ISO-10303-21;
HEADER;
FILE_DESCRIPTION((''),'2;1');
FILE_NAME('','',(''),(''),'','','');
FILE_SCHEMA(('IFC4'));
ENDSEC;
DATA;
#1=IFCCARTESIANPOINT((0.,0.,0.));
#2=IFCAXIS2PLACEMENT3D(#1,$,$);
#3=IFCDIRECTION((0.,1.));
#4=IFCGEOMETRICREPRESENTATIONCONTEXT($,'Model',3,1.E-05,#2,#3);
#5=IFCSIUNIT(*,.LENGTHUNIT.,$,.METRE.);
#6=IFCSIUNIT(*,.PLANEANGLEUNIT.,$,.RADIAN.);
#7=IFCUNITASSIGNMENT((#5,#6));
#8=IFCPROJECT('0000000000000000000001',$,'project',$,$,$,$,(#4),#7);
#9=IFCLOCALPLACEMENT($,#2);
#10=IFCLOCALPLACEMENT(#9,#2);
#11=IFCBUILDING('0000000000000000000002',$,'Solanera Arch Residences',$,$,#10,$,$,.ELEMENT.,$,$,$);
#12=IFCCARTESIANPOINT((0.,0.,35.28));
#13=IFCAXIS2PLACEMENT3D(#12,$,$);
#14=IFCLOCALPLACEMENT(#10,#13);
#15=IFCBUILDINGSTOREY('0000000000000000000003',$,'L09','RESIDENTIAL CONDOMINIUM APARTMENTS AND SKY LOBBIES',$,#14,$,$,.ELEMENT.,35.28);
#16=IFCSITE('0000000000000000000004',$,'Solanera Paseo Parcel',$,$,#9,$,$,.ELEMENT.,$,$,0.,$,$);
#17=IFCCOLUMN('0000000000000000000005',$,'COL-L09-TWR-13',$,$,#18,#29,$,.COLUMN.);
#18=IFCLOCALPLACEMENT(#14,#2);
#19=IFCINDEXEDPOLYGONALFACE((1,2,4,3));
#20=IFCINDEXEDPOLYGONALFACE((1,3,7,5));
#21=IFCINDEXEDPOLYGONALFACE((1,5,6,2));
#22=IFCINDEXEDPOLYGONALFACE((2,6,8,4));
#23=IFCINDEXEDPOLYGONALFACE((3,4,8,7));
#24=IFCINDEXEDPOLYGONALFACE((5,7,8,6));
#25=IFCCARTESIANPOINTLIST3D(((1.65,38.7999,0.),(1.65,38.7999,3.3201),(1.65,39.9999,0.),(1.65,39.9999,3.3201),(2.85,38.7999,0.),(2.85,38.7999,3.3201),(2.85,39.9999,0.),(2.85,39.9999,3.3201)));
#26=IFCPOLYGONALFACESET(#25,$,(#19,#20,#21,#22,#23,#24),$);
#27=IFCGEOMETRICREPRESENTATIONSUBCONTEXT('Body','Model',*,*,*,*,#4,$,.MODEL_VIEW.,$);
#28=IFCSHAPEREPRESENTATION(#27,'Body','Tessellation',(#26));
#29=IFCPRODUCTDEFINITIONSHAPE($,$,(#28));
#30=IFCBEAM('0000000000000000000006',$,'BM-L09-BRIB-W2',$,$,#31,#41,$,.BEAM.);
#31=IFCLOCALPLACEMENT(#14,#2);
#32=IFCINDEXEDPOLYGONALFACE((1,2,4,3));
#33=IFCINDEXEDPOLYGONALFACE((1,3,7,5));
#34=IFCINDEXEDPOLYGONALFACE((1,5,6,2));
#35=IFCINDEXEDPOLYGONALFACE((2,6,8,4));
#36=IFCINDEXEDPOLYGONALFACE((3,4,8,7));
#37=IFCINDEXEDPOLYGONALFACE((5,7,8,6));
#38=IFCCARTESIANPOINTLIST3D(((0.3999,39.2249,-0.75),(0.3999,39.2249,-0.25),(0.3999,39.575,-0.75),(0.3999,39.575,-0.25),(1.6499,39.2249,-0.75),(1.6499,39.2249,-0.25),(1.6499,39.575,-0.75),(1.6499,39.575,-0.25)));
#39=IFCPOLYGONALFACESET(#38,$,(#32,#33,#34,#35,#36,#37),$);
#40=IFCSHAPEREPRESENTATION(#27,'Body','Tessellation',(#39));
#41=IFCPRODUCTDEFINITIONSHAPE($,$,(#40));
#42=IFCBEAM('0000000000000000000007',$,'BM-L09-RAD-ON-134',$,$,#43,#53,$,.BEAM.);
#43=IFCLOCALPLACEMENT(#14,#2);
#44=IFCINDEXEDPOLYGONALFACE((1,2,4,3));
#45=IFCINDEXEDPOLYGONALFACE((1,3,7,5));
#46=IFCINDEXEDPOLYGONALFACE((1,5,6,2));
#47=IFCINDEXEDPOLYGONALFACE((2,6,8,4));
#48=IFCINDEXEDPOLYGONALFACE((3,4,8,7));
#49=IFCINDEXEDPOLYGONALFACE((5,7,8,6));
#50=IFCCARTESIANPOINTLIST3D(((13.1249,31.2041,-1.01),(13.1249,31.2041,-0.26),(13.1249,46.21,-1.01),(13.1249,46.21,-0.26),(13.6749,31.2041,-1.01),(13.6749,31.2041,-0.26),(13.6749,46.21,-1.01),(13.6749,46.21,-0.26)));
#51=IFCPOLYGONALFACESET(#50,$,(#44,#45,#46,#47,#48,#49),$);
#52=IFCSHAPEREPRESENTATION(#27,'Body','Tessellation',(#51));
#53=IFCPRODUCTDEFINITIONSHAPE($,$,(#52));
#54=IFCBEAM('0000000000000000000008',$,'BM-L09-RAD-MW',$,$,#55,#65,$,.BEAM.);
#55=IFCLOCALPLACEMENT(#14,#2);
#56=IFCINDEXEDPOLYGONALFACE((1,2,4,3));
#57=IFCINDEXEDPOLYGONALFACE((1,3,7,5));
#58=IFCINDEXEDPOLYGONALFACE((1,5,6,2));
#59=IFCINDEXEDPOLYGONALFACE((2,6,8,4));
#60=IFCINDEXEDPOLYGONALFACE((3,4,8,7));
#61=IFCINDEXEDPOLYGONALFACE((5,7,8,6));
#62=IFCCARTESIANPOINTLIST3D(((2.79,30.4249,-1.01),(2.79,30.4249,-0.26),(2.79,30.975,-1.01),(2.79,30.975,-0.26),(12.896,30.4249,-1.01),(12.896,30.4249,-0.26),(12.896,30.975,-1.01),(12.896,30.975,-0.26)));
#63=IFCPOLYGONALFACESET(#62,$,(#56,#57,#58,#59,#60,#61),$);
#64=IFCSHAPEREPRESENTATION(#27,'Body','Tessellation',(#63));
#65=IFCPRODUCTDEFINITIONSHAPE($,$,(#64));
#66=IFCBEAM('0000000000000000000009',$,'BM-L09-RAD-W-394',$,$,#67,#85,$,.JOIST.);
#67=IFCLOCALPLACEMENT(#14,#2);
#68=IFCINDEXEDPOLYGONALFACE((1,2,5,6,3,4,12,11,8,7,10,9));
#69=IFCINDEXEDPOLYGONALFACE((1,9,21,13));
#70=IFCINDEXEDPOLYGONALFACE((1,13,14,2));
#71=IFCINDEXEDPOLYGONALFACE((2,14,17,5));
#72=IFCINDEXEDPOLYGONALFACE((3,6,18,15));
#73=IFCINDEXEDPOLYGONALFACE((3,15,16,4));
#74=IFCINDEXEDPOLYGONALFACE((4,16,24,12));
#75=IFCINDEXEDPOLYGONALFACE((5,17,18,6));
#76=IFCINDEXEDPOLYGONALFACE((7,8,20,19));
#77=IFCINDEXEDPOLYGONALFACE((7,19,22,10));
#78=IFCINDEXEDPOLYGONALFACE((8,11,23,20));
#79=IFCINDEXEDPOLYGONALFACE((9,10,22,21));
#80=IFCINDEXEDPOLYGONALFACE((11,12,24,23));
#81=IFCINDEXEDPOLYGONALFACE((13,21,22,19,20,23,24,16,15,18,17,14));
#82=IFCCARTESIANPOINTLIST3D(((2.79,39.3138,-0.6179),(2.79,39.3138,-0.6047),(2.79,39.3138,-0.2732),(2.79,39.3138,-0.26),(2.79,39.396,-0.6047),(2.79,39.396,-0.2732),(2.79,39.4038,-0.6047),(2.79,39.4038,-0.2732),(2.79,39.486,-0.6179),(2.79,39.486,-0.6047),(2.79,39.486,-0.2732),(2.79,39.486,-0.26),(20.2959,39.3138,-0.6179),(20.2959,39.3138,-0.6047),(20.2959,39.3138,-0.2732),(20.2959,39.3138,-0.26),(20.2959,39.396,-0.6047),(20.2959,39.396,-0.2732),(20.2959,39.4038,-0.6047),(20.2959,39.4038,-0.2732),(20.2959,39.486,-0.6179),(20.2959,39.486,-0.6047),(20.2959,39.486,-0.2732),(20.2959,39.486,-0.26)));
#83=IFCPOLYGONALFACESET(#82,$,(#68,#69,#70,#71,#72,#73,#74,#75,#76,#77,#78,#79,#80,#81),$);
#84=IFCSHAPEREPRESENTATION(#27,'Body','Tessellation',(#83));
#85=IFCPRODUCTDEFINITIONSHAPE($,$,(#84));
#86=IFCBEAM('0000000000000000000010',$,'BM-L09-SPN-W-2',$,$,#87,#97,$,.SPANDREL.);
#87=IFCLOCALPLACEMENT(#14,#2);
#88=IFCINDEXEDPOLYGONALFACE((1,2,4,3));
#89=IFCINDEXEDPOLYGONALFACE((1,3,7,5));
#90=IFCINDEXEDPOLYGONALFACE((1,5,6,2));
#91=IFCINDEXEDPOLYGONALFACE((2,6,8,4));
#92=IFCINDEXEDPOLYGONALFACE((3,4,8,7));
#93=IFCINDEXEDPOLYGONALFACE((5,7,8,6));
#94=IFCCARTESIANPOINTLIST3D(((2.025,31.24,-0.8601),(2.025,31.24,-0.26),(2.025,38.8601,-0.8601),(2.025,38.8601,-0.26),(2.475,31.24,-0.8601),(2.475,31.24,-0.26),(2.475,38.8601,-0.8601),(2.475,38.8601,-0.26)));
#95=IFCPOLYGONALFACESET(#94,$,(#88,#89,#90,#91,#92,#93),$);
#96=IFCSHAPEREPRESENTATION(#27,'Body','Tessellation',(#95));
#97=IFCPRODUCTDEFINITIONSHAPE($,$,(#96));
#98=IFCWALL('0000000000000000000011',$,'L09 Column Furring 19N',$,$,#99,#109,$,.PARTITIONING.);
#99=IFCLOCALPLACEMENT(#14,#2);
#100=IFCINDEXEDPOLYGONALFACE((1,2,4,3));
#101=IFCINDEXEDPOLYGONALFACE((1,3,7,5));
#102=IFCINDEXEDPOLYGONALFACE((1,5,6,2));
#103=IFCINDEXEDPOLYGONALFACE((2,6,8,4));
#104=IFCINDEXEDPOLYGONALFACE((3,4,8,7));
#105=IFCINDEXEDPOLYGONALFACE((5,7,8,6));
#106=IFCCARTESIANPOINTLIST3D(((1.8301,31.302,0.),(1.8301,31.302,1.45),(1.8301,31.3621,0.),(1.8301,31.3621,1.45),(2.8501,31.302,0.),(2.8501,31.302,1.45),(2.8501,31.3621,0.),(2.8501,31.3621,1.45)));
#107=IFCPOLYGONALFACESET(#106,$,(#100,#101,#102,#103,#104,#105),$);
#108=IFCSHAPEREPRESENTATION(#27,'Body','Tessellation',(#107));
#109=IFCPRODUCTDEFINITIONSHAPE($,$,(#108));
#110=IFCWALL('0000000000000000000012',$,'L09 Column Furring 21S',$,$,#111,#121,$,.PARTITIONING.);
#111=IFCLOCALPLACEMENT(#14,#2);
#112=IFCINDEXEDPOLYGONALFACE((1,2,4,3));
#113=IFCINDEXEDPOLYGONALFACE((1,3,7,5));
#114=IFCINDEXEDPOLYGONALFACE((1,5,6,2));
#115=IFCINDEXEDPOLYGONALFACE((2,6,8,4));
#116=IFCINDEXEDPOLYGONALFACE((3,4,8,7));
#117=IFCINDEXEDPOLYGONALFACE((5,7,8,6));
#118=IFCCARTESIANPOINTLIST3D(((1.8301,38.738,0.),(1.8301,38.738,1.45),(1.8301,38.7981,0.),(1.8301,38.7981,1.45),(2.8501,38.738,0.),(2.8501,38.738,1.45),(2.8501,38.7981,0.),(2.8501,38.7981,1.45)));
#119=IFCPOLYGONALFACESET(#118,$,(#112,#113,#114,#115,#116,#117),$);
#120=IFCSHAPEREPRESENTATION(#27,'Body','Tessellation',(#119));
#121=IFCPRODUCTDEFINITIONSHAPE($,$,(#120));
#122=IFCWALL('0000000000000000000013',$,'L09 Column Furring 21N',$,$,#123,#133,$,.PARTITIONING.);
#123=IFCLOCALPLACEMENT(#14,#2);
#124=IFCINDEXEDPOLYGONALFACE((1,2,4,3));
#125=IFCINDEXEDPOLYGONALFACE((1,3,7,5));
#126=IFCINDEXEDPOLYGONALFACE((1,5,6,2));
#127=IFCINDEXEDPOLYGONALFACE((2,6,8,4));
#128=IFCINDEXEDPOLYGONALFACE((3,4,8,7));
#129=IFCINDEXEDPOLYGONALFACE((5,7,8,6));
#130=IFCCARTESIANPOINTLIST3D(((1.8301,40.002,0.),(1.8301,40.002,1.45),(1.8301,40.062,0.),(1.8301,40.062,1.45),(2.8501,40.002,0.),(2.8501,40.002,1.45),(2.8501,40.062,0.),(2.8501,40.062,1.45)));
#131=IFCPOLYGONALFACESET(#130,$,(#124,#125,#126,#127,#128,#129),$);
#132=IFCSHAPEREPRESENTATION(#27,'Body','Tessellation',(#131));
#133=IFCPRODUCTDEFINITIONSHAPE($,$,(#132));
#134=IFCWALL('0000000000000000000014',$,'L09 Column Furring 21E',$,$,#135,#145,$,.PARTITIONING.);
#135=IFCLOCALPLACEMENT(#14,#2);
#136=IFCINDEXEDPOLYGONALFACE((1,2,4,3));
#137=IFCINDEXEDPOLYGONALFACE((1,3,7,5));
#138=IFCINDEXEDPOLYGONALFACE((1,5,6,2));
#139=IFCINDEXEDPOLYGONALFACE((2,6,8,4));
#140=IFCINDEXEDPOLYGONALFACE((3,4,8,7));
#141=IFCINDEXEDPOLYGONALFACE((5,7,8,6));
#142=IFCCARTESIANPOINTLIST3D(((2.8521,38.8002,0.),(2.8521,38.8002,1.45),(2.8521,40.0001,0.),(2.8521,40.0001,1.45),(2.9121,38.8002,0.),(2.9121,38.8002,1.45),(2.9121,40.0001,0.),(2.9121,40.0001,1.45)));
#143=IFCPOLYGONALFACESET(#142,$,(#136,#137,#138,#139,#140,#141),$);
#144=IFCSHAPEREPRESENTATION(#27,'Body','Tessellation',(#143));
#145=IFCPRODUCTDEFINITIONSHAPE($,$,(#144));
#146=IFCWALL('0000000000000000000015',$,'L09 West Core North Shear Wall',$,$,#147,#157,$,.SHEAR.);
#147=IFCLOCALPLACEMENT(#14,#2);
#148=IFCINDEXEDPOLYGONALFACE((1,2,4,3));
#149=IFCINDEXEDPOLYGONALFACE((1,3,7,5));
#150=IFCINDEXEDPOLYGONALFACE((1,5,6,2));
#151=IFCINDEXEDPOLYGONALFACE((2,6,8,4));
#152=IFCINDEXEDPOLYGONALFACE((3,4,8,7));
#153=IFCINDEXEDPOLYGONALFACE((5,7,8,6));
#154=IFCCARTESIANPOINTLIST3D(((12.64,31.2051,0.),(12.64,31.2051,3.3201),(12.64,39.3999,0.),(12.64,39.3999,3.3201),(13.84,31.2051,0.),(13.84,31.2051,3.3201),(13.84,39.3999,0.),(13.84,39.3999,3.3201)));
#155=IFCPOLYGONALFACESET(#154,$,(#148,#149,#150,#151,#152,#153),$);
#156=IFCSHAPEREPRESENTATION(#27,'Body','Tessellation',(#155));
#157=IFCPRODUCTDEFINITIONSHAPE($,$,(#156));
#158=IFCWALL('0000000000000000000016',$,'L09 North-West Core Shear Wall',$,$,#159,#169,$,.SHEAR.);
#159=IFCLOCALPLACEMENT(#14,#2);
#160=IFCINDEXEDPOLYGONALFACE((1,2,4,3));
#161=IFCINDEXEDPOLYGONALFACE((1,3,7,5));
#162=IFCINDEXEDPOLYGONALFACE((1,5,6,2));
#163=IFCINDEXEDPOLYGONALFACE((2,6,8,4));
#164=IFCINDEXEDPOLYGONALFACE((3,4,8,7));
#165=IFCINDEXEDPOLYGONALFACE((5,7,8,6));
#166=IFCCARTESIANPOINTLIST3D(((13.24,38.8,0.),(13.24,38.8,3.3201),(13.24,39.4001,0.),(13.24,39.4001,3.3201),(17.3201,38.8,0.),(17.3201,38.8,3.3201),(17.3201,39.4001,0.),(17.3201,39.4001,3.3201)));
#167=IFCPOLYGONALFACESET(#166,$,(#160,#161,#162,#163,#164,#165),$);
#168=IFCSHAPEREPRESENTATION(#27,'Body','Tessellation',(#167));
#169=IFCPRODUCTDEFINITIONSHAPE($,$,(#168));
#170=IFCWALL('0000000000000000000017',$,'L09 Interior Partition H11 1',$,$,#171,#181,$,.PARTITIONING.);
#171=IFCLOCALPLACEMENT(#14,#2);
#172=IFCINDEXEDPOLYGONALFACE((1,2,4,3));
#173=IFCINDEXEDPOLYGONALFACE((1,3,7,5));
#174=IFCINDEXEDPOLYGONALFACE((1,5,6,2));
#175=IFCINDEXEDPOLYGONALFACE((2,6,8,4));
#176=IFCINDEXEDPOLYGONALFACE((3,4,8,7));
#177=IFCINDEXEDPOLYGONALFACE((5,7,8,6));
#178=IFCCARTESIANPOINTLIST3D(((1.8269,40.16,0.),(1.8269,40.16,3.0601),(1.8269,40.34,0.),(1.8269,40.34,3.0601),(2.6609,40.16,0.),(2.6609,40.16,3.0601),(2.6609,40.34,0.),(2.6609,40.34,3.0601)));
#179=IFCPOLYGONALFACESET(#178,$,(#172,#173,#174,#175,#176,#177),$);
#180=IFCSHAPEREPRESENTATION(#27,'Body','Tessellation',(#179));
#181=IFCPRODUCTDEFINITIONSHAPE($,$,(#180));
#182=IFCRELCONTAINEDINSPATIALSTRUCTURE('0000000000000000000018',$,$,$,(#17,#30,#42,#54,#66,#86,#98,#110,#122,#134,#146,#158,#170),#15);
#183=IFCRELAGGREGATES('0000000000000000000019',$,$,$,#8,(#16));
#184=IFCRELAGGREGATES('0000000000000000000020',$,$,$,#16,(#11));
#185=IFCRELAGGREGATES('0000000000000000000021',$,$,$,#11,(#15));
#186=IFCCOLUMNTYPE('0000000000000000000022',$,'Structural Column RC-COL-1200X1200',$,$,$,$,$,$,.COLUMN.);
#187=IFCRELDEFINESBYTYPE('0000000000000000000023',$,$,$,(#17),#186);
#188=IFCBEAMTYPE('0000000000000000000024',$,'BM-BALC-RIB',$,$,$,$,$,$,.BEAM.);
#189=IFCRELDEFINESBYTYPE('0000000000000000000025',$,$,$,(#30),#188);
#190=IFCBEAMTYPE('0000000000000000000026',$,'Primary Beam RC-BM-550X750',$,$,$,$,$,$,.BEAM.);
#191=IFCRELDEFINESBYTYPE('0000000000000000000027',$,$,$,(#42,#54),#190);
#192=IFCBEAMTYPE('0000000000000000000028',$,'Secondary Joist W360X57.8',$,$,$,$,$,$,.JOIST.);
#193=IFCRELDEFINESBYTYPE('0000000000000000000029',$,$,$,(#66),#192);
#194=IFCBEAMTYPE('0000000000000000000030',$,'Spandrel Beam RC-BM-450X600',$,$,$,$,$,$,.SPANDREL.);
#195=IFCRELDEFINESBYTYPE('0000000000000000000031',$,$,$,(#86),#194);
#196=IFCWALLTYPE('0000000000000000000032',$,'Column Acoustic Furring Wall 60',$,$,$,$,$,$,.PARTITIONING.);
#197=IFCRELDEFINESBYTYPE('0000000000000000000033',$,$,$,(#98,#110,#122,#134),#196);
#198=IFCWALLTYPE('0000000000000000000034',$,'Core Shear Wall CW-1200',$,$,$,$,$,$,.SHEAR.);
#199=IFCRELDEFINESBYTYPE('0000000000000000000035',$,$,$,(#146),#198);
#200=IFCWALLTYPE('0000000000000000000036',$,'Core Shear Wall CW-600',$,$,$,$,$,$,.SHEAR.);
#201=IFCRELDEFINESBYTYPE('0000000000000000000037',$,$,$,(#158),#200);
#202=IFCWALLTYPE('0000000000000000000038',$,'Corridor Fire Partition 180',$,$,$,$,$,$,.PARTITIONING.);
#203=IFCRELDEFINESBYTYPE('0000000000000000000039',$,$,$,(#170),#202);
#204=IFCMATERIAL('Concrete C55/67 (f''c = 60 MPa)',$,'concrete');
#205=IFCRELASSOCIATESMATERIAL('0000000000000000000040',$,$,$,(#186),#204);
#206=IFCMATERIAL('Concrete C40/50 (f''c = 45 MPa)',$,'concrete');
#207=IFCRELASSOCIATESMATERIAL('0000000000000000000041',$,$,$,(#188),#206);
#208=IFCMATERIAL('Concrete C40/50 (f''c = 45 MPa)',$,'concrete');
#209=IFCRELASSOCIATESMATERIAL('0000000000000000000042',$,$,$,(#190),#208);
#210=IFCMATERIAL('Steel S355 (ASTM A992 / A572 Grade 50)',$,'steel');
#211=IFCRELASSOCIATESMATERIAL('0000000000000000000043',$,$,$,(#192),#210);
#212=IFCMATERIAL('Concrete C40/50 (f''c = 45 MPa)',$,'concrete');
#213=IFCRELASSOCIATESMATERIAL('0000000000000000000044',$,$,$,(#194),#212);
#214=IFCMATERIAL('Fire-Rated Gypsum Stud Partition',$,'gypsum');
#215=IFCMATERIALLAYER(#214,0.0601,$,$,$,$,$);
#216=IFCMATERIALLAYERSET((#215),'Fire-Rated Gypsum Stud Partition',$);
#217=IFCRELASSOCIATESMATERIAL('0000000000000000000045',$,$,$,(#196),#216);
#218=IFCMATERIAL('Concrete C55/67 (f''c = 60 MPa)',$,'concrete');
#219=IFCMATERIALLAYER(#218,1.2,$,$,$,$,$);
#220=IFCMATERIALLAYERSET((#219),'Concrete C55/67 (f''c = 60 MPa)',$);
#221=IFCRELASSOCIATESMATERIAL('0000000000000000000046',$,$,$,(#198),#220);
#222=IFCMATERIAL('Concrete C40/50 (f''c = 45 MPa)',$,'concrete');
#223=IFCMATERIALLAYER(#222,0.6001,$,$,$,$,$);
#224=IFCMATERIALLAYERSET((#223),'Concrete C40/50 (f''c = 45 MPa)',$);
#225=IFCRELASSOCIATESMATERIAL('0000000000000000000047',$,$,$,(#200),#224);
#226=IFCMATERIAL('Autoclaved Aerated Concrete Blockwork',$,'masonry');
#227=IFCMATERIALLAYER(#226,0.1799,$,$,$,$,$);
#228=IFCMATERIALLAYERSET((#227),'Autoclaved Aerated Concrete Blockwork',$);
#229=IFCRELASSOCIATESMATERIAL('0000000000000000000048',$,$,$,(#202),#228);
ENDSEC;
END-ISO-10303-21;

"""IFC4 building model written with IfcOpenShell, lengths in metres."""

from ifc_helpers import new_model, si_unit, direction, frame, frame_2d, origin, origin_2d, place, context, subcontext, project, spatial, rectangle, i_section, extrude, material, layer, layer_set, material_profile, profile_set, type_object, element, save


model = new_model("IFC4")

# Units and contexts
model_context = context("Model", 3, precision=1e-05, world=origin(), true_north=direction((0.0, 1.0)))
body_context = subcontext(model_context, "Body", "Model", "MODEL_VIEW")
ifc_project = project(units=[si_unit("LENGTHUNIT", "METRE"), si_unit("PLANEANGLEUNIT", "RADIAN")], contexts=[model_context])

# Site, building, storey
site_placement = place(None, origin())
site = spatial("IfcSite", under=ifc_project, at=site_placement, Name="Solanera Paseo Parcel", CompositionType="ELEMENT", RefElevation=0.0)
building_placement = place(site_placement, origin())
building = spatial("IfcBuilding", under=site, at=building_placement, Name="Solanera Arch Residences", CompositionType="ELEMENT")
storey_placement = place(building_placement, frame((0.0, 0.0, 35.28)))
storey = spatial("IfcBuildingStorey", under=building, at=storey_placement, Name="L09", Description="RESIDENTIAL CONDOMINIUM APARTMENTS AND SKY LOBBIES", CompositionType="ELEMENT", Elevation=35.28)

# Column
ifc_material_1 = material(Name="Concrete C55/67 (f'c = 60 MPa)", Category="concrete")
ifc_material_profile_1 = material_profile(ifc_material_1, rectangle(XDim=1.2, YDim=1.2, at=origin_2d()))
ifc_profile_set_1 = profile_set([ifc_material_profile_1], Name="Concrete C55/67 (f'c = 60 MPa)")
column_type = type_object("IfcColumnType", Name="Structural Column RC-COL-1200X1200", PredefinedType="COLUMN", material=ifc_profile_set_1)
column_placement = place(storey_placement, frame((2.25, 39.3999, 0.0), z_axis=(0.0, 0.0, 1.0), x_axis=(1.0, 0.0, 0.0)))
element("IfcColumn", 1, at=column_placement, inside=storey, type_object=column_type, Name="COL-L09-TWR-13", PredefinedType="COLUMN", context=body_context, shape_type="SweptSolid", body=[
    extrude(rectangle(XDim=1.2, YDim=1.2, at=origin_2d()), origin(), (0.0, 0.0, 1.0), 3.3201),
])

# Beams
ifc_material_2 = material(Name="Concrete C40/50 (f'c = 45 MPa)", Category="concrete")
ifc_material_profile_2 = material_profile(ifc_material_2, rectangle(XDim=0.3501, YDim=0.5, at=origin_2d()))
ifc_profile_set_2 = profile_set([ifc_material_profile_2], Name="Concrete C40/50 (f'c = 45 MPa)")
beam_type_1 = type_object("IfcBeamType", Name="BM-BALC-RIB", PredefinedType="BEAM", material=ifc_profile_set_2)
beam_1_placement = place(storey_placement, frame((0.3999, 39.3999, -0.5), z_axis=(1.0, 0.0, 0.0), x_axis=(0.0, 1.0, 0.0)))
element("IfcBeam", 2, at=beam_1_placement, inside=storey, type_object=beam_type_1, Name="BM-L09-BRIB-W2", PredefinedType="BEAM", context=body_context, shape_type="SweptSolid", body=[
    extrude(rectangle(XDim=0.3501, YDim=0.5, at=origin_2d()), origin(), (0.0, 0.0, 1.0), 1.25),
])
ifc_material_3 = material(Name="Concrete C40/50 (f'c = 45 MPa)", Category="concrete")
ifc_material_profile_3 = material_profile(ifc_material_3, rectangle(XDim=0.55, YDim=0.75, at=origin_2d()))
ifc_profile_set_3 = profile_set([ifc_material_profile_3], Name="Concrete C40/50 (f'c = 45 MPa)")
beam_type_2 = type_object("IfcBeamType", Name="Primary Beam RC-BM-550X750", PredefinedType="BEAM", material=ifc_profile_set_3)
beam_2_placement = place(storey_placement, frame((13.3999, 31.2041, -0.635), z_axis=(0.0, 1.0, 0.0), x_axis=(-1.0, 0.0, 0.0)))
element("IfcBeam", 3, at=beam_2_placement, inside=storey, type_object=beam_type_2, Name="BM-L09-RAD-ON-134", PredefinedType="BEAM", context=body_context, shape_type="SweptSolid", body=[
    extrude(rectangle(XDim=0.55, YDim=0.75, at=origin_2d()), origin(), (0.0, 0.0, 1.0), 15.0059),
])
beam_3_placement = place(storey_placement, frame((2.79, 30.7, -0.635), z_axis=(1.0, 0.0, 0.0), x_axis=(0.0, 1.0, 0.0)))
element("IfcBeam", 4, at=beam_3_placement, inside=storey, type_object=beam_type_2, Name="BM-L09-RAD-MW", PredefinedType="BEAM", context=body_context, shape_type="SweptSolid", body=[
    extrude(rectangle(XDim=0.55, YDim=0.75, at=origin_2d()), origin(), (0.0, 0.0, 1.0), 10.106),
])
ifc_material_4 = material(Name="Steel S355 (ASTM A992 / A572 Grade 50)", Category="steel")
ifc_material_profile_4 = material_profile(ifc_material_4, i_section(OverallWidth=0.1721, OverallDepth=0.3579, WebThickness=0.0078, FlangeThickness=0.0132, at=origin_2d()))
ifc_profile_set_4 = profile_set([ifc_material_profile_4], Name="Steel S355 (ASTM A992 / A572 Grade 50)")
beam_type_3 = type_object("IfcBeamType", Name="Secondary Joist W360X57.8", PredefinedType="JOIST", material=ifc_profile_set_4)
beam_4_placement = place(storey_placement, frame((2.79, 39.3999, -0.439), z_axis=(1.0, 0.0, 0.0), x_axis=(0.0, 1.0, 0.0)))
element("IfcBeam", 5, at=beam_4_placement, inside=storey, type_object=beam_type_3, Name="BM-L09-RAD-W-394", PredefinedType="JOIST", context=body_context, shape_type="SweptSolid", body=[
    extrude(i_section(OverallWidth=0.1721, OverallDepth=0.3579, WebThickness=0.0078, FlangeThickness=0.0132, at=origin_2d()), origin(), (0.0, 0.0, 1.0), 17.5059),
])
ifc_material_5 = material(Name="Concrete C40/50 (f'c = 45 MPa)", Category="concrete")
ifc_material_profile_5 = material_profile(ifc_material_5, rectangle(XDim=0.45, YDim=0.6001, at=origin_2d()))
ifc_profile_set_5 = profile_set([ifc_material_profile_5], Name="Concrete C40/50 (f'c = 45 MPa)")
beam_type_4 = type_object("IfcBeamType", Name="Spandrel Beam RC-BM-450X600", PredefinedType="SPANDREL", material=ifc_profile_set_5)
beam_5_placement = place(storey_placement, frame((2.25, 31.24, -0.5601), z_axis=(0.0, 1.0, 0.0), x_axis=(-1.0, 0.0, 0.0)))
element("IfcBeam", 6, at=beam_5_placement, inside=storey, type_object=beam_type_4, Name="BM-L09-SPN-W-2", PredefinedType="SPANDREL", context=body_context, shape_type="SweptSolid", body=[
    extrude(rectangle(XDim=0.45, YDim=0.6001, at=origin_2d()), origin(), (0.0, 0.0, 1.0), 7.6201),
])

# Walls
ifc_material_6 = material(Name="Fire-Rated Gypsum Stud Partition", Category="gypsum")
ifc_layer_1 = layer(ifc_material_6, 0.0601)
ifc_layer_set_1 = layer_set([ifc_layer_1], Name="Fire-Rated Gypsum Stud Partition")
wall_type_1 = type_object("IfcWallType", Name="Column Acoustic Furring Wall 60", PredefinedType="PARTITIONING", material=ifc_layer_set_1)
for number, where, z_axis, x_axis, name in (
    (7, (1.8301, 31.332, 0.0), (0.0, 0.0, 1.0), (1.0, 0.0, 0.0), "L09 Column Furring 19N"),
    (8, (1.8301, 38.7681, 0.0), (0.0, 0.0, 1.0), (1.0, 0.0, 0.0), "L09 Column Furring 21S"),
    (9, (1.8301, 40.032, 0.0), (0.0, 0.0, 1.0), (1.0, 0.0, 0.0), "L09 Column Furring 21N"),
):
    element("IfcWall", number, at=place(storey_placement, frame(where, z_axis=z_axis, x_axis=x_axis)), inside=storey, type_object=wall_type_1, Name=name, PredefinedType="PARTITIONING", context=body_context, shape_type="SweptSolid", body=[
        extrude(rectangle(XDim=1.02, YDim=0.0601, at=frame_2d((0.51, 0.0))), origin(), (0.0, 0.0, 1.0), 1.45),
    ])
wall_1_placement = place(storey_placement, frame((2.8821, 38.8, 0.0), z_axis=(0.0, 0.0, 1.0), x_axis=(0.0, 1.0, 0.0)))
element("IfcWall", 10, at=wall_1_placement, inside=storey, type_object=wall_type_1, Name="L09 Column Furring 21E", PredefinedType="PARTITIONING", context=body_context, shape_type="SweptSolid", body=[
    extrude(rectangle(XDim=1.2, YDim=0.0601, at=frame_2d((0.6001, 0.0))), origin(), (0.0, 0.0, 1.0), 1.45),
])
ifc_material_7 = material(Name="Concrete C55/67 (f'c = 60 MPa)", Category="concrete")
ifc_layer_2 = layer(ifc_material_7, 1.2)
ifc_layer_set_2 = layer_set([ifc_layer_2], Name="Concrete C55/67 (f'c = 60 MPa)")
wall_type_2 = type_object("IfcWallType", Name="Core Shear Wall CW-1200", PredefinedType="SHEAR", material=ifc_layer_set_2)
wall_2_placement = place(storey_placement, frame((13.24, 31.2051, 0.0), z_axis=(0.0, 0.0, 1.0), x_axis=(0.0, 1.0, 0.0)))
element("IfcWall", 11, at=wall_2_placement, inside=storey, type_object=wall_type_2, Name="L09 West Core North Shear Wall", PredefinedType="SHEAR", context=body_context, shape_type="SweptSolid", body=[
    extrude(rectangle(XDim=8.1948, YDim=1.2, at=frame_2d((4.0974, 0.0))), origin(), (0.0, 0.0, 1.0), 3.3201),
])
ifc_material_8 = material(Name="Concrete C40/50 (f'c = 45 MPa)", Category="concrete")
ifc_layer_3 = layer(ifc_material_8, 0.6001)
ifc_layer_set_3 = layer_set([ifc_layer_3], Name="Concrete C40/50 (f'c = 45 MPa)")
wall_type_3 = type_object("IfcWallType", Name="Core Shear Wall CW-600", PredefinedType="SHEAR", material=ifc_layer_set_3)
wall_3_placement = place(storey_placement, frame((13.24, 39.1001, 0.0), z_axis=(0.0, 0.0, 1.0), x_axis=(1.0, 0.0, 0.0)))
element("IfcWall", 12, at=wall_3_placement, inside=storey, type_object=wall_type_3, Name="L09 North-West Core Shear Wall", PredefinedType="SHEAR", context=body_context, shape_type="SweptSolid", body=[
    extrude(rectangle(XDim=4.0801, YDim=0.6001, at=frame_2d((2.04, 0.0))), origin(), (0.0, 0.0, 1.0), 3.3201),
])
ifc_material_9 = material(Name="Autoclaved Aerated Concrete Blockwork", Category="masonry")
ifc_layer_4 = layer(ifc_material_9, 0.1799)
ifc_layer_set_4 = layer_set([ifc_layer_4], Name="Autoclaved Aerated Concrete Blockwork")
wall_type_4 = type_object("IfcWallType", Name="Corridor Fire Partition 180", PredefinedType="PARTITIONING", material=ifc_layer_set_4)
wall_4_placement = place(storey_placement, frame((1.8269, 40.25, 0.0), z_axis=(0.0, 0.0, 1.0), x_axis=(1.0, 0.0, 0.0)))
element("IfcWall", 13, at=wall_4_placement, inside=storey, type_object=wall_type_4, Name="L09 Interior Partition H11 1", PredefinedType="PARTITIONING", context=body_context, shape_type="SweptSolid", body=[
    extrude(rectangle(XDim=0.834, YDim=0.1799, at=frame_2d((0.417, 0.0))), origin(), (0.0, 0.0, 1.0), 3.0601),
])

save(model, "model.ifc")
